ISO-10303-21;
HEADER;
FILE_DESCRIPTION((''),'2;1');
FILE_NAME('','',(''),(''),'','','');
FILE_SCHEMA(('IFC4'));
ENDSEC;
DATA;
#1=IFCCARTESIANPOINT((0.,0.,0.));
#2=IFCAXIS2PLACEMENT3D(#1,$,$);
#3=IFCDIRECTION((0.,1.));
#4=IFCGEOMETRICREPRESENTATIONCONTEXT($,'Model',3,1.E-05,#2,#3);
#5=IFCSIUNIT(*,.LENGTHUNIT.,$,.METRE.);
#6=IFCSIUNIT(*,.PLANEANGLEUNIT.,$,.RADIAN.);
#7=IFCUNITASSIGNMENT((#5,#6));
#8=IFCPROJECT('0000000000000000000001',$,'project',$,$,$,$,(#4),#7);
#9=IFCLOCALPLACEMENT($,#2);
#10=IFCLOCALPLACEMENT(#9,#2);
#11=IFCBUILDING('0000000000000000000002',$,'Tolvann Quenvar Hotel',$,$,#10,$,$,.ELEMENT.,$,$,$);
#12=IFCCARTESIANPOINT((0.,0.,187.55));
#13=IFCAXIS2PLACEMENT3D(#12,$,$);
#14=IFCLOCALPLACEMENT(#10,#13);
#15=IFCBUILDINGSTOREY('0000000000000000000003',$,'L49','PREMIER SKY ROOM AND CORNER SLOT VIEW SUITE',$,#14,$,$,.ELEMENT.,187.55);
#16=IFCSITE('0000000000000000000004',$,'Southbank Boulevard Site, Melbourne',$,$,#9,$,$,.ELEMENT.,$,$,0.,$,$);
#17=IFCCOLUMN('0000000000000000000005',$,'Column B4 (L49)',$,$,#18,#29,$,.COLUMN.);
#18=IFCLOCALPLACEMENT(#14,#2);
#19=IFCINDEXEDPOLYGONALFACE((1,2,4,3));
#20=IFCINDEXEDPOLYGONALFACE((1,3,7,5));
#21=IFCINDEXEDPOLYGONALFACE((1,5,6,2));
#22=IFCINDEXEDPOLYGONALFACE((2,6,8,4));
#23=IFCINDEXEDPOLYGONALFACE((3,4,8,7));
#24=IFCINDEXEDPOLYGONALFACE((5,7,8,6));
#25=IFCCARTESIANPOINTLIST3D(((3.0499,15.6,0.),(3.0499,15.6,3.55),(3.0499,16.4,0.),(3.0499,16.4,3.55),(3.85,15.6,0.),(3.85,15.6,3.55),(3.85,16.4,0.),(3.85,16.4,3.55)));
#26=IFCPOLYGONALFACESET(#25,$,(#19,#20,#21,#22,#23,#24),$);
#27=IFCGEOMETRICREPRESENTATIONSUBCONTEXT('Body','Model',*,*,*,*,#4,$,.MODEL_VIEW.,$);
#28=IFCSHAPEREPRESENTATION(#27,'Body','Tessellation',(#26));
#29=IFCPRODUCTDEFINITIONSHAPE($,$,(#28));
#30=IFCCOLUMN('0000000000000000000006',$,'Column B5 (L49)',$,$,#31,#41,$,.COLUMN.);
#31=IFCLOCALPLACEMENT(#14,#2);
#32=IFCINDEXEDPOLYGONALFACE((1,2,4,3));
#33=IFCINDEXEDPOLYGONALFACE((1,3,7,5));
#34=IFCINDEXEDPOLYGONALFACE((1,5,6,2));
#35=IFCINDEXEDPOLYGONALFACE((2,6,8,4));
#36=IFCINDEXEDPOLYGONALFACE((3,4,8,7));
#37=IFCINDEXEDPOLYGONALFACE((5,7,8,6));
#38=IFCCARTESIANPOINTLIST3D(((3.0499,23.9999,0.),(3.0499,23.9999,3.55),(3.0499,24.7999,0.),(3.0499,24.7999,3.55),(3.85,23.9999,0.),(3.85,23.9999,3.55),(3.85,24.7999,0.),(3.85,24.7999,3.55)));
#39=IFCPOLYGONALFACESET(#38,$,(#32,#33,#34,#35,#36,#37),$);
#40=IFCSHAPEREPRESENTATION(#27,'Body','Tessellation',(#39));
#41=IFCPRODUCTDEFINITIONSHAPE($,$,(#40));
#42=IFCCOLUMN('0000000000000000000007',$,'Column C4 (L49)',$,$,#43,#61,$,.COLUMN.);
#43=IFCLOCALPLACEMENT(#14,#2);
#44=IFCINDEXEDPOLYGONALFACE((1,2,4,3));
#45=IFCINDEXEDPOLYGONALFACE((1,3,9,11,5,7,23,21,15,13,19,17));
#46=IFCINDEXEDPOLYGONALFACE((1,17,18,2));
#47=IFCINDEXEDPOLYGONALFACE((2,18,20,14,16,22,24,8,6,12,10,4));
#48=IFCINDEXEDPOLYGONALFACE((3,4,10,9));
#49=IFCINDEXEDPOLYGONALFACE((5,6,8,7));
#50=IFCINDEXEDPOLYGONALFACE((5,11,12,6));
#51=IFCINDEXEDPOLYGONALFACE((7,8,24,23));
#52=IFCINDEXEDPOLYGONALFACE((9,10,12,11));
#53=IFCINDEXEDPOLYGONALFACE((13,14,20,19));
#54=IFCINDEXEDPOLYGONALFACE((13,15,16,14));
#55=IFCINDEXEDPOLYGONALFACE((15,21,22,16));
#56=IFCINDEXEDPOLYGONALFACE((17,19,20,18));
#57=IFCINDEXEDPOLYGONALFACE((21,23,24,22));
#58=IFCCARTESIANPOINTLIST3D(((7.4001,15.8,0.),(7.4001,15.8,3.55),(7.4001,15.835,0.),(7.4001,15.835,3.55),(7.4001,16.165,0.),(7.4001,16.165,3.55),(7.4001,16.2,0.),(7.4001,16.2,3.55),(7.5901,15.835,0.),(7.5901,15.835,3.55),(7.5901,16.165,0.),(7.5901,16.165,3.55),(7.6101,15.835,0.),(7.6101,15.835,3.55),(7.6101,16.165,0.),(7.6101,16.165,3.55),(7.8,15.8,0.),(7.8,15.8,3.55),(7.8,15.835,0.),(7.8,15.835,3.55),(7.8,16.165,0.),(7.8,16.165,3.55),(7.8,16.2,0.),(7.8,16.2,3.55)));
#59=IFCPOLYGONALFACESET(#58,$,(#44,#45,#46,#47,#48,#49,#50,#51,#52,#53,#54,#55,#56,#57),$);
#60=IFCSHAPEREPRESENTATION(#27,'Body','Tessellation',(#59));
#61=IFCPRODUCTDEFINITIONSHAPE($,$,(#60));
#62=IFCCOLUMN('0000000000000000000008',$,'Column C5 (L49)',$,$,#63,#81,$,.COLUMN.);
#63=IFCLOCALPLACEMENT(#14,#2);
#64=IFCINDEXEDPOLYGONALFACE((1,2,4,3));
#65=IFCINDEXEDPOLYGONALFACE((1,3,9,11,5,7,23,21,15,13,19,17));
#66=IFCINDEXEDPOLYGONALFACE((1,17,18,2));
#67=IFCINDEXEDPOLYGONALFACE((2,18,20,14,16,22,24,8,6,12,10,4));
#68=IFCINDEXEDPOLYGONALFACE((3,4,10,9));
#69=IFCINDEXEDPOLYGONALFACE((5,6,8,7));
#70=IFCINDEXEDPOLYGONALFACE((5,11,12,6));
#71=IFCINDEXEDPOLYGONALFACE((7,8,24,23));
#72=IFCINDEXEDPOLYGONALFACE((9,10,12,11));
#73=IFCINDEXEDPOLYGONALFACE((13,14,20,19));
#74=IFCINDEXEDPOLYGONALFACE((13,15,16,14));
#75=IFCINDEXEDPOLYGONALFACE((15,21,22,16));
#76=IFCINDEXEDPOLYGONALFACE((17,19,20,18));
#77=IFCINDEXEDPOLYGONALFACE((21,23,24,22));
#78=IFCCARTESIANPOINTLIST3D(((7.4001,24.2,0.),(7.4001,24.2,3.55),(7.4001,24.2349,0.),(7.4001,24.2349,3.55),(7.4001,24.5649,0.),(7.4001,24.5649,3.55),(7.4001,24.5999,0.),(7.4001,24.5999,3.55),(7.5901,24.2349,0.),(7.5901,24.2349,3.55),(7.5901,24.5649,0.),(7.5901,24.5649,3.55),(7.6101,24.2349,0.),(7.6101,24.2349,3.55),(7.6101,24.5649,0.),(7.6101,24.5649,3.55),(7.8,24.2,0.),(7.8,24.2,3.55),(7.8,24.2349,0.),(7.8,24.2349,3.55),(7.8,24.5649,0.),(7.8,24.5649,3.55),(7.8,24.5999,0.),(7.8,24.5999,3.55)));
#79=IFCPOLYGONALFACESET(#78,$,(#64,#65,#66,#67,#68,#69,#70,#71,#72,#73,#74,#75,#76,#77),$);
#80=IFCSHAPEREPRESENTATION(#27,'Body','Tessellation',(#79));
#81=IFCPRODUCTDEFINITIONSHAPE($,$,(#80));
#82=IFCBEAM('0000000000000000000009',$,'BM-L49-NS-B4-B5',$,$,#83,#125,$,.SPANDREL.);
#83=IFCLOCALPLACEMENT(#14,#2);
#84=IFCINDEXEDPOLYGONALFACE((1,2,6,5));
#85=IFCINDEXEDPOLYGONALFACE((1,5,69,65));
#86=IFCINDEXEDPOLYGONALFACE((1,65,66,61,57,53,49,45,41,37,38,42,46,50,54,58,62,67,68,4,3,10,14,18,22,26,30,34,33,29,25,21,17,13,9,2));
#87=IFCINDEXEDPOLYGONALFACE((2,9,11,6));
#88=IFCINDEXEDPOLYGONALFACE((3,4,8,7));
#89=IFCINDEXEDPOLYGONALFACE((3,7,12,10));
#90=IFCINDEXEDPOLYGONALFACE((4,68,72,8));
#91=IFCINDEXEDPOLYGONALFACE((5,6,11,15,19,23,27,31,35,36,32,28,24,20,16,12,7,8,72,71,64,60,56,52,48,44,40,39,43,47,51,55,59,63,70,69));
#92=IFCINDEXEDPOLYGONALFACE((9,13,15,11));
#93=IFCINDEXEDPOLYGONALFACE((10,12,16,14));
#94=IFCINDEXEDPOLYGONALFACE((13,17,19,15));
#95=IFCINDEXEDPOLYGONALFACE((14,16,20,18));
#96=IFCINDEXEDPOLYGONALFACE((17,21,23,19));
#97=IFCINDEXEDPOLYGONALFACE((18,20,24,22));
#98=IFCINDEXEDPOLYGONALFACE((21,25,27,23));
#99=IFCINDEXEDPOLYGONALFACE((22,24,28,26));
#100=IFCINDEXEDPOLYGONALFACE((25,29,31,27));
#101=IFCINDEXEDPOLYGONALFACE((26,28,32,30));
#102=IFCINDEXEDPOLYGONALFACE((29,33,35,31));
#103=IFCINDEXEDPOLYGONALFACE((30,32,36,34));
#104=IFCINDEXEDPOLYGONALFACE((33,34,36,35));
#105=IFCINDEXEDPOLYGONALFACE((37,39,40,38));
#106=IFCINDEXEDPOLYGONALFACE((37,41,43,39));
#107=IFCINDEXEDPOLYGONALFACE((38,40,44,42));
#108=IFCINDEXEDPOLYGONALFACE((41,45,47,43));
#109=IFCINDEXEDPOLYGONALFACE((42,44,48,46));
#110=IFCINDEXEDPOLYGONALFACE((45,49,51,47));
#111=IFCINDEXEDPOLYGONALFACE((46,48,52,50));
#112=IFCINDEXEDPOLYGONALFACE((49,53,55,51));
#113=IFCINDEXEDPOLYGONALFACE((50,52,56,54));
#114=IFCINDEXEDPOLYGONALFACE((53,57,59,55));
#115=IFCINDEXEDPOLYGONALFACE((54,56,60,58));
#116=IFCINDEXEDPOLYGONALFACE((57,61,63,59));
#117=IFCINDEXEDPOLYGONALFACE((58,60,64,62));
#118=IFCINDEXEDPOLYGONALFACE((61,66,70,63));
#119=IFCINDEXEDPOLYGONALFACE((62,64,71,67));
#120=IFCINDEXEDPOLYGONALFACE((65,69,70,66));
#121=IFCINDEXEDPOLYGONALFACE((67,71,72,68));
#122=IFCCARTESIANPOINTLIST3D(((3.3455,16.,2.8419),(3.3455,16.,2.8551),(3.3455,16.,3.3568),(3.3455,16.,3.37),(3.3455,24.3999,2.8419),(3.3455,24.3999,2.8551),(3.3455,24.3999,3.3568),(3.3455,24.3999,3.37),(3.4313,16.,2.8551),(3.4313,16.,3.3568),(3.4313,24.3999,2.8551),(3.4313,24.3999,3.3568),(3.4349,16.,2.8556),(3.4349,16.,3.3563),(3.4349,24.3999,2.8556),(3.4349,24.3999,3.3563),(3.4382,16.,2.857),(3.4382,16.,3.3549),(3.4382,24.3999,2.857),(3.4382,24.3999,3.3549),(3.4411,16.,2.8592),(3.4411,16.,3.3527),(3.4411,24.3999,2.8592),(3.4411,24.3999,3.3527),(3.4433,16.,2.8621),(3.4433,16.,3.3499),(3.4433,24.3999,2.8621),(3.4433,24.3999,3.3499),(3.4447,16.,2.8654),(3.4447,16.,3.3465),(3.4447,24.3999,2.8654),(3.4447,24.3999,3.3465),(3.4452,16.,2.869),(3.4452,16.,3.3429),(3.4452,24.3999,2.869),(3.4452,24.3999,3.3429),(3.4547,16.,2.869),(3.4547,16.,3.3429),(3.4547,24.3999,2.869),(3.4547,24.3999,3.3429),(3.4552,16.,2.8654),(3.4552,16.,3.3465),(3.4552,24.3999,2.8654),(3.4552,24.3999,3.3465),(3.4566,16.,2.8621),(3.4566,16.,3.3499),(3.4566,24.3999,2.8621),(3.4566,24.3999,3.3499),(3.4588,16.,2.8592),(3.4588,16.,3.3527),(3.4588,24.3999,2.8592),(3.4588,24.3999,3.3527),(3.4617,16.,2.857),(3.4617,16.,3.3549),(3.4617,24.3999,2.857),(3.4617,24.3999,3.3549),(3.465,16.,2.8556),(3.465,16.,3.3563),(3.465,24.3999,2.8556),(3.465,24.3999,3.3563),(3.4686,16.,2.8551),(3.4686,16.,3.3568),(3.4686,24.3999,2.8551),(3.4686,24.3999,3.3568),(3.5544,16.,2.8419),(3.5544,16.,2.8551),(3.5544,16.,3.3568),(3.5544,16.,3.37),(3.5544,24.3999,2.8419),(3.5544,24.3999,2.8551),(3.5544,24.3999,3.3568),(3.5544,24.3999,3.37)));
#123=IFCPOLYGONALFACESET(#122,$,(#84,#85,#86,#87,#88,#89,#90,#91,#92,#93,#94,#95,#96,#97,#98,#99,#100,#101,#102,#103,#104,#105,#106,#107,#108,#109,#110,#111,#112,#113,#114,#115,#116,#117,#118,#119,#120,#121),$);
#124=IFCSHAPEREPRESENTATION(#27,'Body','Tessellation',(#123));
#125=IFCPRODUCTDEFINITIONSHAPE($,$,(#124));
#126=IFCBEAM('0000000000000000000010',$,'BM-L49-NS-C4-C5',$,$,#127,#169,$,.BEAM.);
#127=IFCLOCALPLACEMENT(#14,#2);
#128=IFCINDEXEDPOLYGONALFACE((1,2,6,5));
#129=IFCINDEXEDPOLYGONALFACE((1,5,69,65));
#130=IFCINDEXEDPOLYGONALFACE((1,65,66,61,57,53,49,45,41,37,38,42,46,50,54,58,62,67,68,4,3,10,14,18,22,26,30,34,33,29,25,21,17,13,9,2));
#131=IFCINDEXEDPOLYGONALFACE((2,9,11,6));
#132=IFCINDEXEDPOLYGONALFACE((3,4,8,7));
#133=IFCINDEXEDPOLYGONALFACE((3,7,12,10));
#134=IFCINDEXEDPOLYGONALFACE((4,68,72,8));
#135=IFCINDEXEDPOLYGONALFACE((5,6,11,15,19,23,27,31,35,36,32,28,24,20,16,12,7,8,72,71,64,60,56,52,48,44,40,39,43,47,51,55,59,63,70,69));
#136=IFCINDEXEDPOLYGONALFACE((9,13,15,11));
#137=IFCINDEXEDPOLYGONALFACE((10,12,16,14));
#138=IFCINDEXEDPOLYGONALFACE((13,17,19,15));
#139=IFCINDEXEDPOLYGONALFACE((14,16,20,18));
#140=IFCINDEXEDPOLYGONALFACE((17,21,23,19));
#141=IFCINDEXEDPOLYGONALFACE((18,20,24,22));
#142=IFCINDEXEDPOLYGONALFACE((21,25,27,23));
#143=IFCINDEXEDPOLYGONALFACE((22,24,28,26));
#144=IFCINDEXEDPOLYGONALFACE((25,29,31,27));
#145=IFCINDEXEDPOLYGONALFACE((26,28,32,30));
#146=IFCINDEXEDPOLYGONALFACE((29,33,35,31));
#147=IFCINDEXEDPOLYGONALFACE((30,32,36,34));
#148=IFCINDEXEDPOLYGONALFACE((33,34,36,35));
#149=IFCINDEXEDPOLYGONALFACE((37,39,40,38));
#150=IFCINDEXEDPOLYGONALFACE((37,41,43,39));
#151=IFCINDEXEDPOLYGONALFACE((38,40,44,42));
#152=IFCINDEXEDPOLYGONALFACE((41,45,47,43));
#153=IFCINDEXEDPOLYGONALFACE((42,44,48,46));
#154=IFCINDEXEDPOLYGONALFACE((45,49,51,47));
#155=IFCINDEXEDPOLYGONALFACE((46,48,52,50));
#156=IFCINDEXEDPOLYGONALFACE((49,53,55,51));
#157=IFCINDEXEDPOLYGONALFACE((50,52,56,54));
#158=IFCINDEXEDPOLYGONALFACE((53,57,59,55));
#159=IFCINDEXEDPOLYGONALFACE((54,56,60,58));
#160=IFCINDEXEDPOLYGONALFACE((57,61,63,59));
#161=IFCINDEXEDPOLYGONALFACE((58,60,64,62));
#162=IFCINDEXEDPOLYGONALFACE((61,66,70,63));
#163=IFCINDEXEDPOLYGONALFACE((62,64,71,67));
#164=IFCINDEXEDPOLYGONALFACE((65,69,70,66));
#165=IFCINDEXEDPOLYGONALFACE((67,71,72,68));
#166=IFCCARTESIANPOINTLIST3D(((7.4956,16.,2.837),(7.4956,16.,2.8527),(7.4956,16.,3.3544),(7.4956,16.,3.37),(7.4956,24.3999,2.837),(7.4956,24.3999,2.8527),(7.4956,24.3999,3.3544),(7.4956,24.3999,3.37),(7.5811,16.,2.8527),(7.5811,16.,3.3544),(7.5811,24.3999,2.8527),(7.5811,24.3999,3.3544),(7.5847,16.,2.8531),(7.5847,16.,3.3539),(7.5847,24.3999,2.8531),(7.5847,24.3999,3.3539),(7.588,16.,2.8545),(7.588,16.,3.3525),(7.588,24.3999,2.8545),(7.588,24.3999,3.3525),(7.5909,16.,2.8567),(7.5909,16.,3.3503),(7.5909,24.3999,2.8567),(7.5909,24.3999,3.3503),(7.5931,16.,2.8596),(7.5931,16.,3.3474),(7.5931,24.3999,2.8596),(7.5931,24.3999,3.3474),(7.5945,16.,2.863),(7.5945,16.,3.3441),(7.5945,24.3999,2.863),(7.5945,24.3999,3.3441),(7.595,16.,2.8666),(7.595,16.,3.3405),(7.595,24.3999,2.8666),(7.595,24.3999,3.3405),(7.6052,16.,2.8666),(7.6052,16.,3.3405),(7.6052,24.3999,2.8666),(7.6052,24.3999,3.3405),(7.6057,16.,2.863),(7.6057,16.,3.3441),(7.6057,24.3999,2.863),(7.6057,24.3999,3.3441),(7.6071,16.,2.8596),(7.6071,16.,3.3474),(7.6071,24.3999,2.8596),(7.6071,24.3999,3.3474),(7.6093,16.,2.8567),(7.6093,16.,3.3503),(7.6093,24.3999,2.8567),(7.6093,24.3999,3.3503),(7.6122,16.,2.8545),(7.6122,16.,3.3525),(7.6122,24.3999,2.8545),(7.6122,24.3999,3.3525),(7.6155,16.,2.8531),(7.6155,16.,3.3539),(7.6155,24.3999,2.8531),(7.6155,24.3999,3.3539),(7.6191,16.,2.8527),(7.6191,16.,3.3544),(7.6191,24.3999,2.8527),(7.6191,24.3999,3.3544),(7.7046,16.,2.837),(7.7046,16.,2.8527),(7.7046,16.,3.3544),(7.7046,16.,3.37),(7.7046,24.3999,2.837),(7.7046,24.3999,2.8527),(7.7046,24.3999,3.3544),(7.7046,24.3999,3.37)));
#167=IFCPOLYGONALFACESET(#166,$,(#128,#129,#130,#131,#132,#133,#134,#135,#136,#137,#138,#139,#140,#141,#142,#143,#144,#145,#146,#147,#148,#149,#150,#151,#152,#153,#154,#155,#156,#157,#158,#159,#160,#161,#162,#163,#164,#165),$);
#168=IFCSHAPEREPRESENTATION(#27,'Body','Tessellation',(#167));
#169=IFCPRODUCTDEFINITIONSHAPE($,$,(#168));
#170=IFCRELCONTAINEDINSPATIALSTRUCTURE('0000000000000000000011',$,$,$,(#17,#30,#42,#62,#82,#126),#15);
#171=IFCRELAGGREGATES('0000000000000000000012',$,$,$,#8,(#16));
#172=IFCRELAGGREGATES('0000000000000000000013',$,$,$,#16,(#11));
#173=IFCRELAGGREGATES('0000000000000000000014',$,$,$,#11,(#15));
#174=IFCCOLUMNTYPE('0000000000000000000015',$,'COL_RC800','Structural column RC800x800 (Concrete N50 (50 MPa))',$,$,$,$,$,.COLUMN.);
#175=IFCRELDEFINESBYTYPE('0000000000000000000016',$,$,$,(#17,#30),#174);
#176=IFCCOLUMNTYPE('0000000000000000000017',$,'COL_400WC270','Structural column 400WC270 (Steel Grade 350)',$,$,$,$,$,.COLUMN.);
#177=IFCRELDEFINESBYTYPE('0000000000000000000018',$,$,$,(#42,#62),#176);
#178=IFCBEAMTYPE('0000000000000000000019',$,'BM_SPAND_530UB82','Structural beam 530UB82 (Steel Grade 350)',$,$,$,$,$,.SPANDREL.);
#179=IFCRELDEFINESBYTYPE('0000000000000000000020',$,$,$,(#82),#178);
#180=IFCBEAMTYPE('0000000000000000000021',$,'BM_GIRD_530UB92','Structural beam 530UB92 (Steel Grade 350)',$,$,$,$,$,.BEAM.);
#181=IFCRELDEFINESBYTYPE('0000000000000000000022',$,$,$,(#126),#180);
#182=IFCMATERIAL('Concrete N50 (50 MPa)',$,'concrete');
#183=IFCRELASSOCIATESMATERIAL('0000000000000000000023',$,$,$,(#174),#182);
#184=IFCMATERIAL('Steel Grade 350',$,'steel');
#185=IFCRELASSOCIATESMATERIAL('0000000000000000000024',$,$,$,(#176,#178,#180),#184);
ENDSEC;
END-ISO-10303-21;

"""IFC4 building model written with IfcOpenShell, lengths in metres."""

from ifc_helpers import new_model, si_unit, direction, frame, origin, origin_2d, place, context, subcontext, project, spatial, rectangle, i_section, extrude, source, transform, mapped, material, material_profile, profile_set, type_object, type_shapes, element, save


model = new_model("IFC4")

# Units and contexts
model_context = context("Model", 3, precision=1e-05, world=origin(), true_north=direction((0.0, 1.0)))
body_context = subcontext(model_context, "Body", "Model", "MODEL_VIEW")
ifc_project = project(units=[si_unit("LENGTHUNIT", "METRE"), si_unit("PLANEANGLEUNIT", "RADIAN")], contexts=[model_context])

# Site, building, storey
site_placement = place(None, origin())
site = spatial("IfcSite", under=ifc_project, at=site_placement, Name="Southbank Boulevard Site, Melbourne", CompositionType="ELEMENT", RefElevation=0.0)
building_placement = place(site_placement, origin())
building = spatial("IfcBuilding", under=site, at=building_placement, Name="Tolvann Quenvar Hotel", CompositionType="ELEMENT")
storey_placement = place(building_placement, frame((0.0, 0.0, 187.55)))
storey = spatial("IfcBuildingStorey", under=building, at=storey_placement, Name="L49", Description="PREMIER SKY ROOM AND CORNER SLOT VIEW SUITE", CompositionType="ELEMENT", Elevation=187.55)

# Columns
ifc_material_1 = material(Name="Concrete N50 (50 MPa)", Category="concrete")
ifc_material_profile_1 = material_profile(ifc_material_1, rectangle(XDim=0.8, YDim=0.8, at=origin_2d()), Name="RC800x800")
ifc_profile_set_1 = profile_set([ifc_material_profile_1], Name="Concrete N50 (50 MPa)")
column_type_1 = type_object("IfcColumnType", Name="COL_RC800", Description="Structural column RC800x800 (Concrete N50 (50 MPa))", PredefinedType="COLUMN", material=ifc_profile_set_1)
shared_shape_1 = source(origin(), body_context, "Body", "SweptSolid", [
    extrude(rectangle(XDim=0.8, YDim=0.8, at=origin_2d()), origin(), (0.0, 0.0, 1.0), 3.55),
])
type_shapes(column_type_1, [shared_shape_1])
for number, where, z_axis, x_axis, name in (
    (1, (3.45, 16.0, 0.0), (0.0, 0.0, 1.0), (1.0, 0.0, 0.0), "Column B4 (L49)"),
    (2, (3.45, 24.3999, 0.0), (0.0, 0.0, 1.0), (1.0, 0.0, 0.0), "Column B5 (L49)"),
):
    element("IfcColumn", number, at=place(storey_placement, frame(where, z_axis=z_axis, x_axis=x_axis)), inside=storey, type_object=column_type_1, Name=name, PredefinedType="COLUMN", context=body_context, shape_type="MappedRepresentation", body=[
        mapped(shared_shape_1, transform((0.0, 0.0, 0.0), x_axis=(1.0, 0.0, 0.0), y_axis=(0.0, 1.0, 0.0), z_axis=(0.0, 0.0, 1.0), scale=1.0)),
    ])
ifc_material_2 = material(Name="Steel Grade 350", Category="steel")
ifc_material_profile_2 = material_profile(ifc_material_2, i_section(OverallWidth=0.3999, OverallDepth=0.3999, WebThickness=0.02, FlangeThickness=0.0349, at=origin_2d()), Name="400WC270")
ifc_profile_set_2 = profile_set([ifc_material_profile_2], Name="Steel Grade 350")
column_type_2 = type_object("IfcColumnType", Name="COL_400WC270", Description="Structural column 400WC270 (Steel Grade 350)", PredefinedType="COLUMN", material=ifc_profile_set_2)
shared_shape_2 = source(origin(), body_context, "Body", "SweptSolid", [
    extrude(i_section(OverallWidth=0.3999, OverallDepth=0.3999, WebThickness=0.02, FlangeThickness=0.0349, at=origin_2d()), origin(), (0.0, 0.0, 1.0), 3.55),
])
type_shapes(column_type_2, [shared_shape_2])
for number, where, z_axis, x_axis, name in (
    (3, (7.6001, 16.0, 0.0), (0.0, 0.0, 1.0), (1.0, 0.0, 0.0), "Column C4 (L49)"),
    (4, (7.6001, 24.3999, 0.0), (0.0, 0.0, 1.0), (1.0, 0.0, 0.0), "Column C5 (L49)"),
):
    element("IfcColumn", number, at=place(storey_placement, frame(where, z_axis=z_axis, x_axis=x_axis)), inside=storey, type_object=column_type_2, Name=name, PredefinedType="COLUMN", context=body_context, shape_type="MappedRepresentation", body=[
        mapped(shared_shape_2, transform((0.0, 0.0, 0.0), x_axis=(1.0, 0.0, 0.0), y_axis=(0.0, 1.0, 0.0), z_axis=(0.0, 0.0, 1.0), scale=1.0)),
    ])

# Beams
ifc_material_profile_3 = material_profile(ifc_material_2, i_section(OverallWidth=0.209, OverallDepth=0.5281, WebThickness=0.0095, FlangeThickness=0.0132, FilletRadius=0.0139, at=origin_2d()), Name="530UB82")
ifc_profile_set_3 = profile_set([ifc_material_profile_3], Name="Steel Grade 350")
beam_type_1 = type_object("IfcBeamType", Name="BM_SPAND_530UB82", Description="Structural beam 530UB82 (Steel Grade 350)", PredefinedType="SPANDREL", material=ifc_profile_set_3)
shared_shape_3 = source(origin(), body_context, "Body", "SweptSolid", [
    extrude(i_section(OverallWidth=0.209, OverallDepth=0.5281, WebThickness=0.0095, FlangeThickness=0.0132, FilletRadius=0.0139, at=origin_2d()), origin(), (0.0, 0.0, 1.0), 8.3999),
])
beam_1_placement = place(storey_placement, frame((3.45, 16.0, 3.106), z_axis=(0.0, 1.0, 0.0), x_axis=(-1.0, 0.0, 0.0)))
element("IfcBeam", 5, at=beam_1_placement, inside=storey, type_object=beam_type_1, Name="BM-L49-NS-B4-B5", PredefinedType="SPANDREL", context=body_context, shape_type="MappedRepresentation", body=[
    mapped(shared_shape_3, transform((0.0, 0.0, 0.0), x_axis=(1.0, 0.0, 0.0), y_axis=(0.0, 1.0, 0.0), z_axis=(0.0, 0.0, 1.0), scale=1.0)),
])
ifc_material_profile_4 = material_profile(ifc_material_2, i_section(OverallWidth=0.209, OverallDepth=0.533, WebThickness=0.0103, FlangeThickness=0.0156, FilletRadius=0.0139, at=origin_2d()), Name="530UB92")
ifc_profile_set_4 = profile_set([ifc_material_profile_4], Name="Steel Grade 350")
beam_type_2 = type_object("IfcBeamType", Name="BM_GIRD_530UB92", Description="Structural beam 530UB92 (Steel Grade 350)", PredefinedType="BEAM", material=ifc_profile_set_4)
shared_shape_4 = source(origin(), body_context, "Body", "SweptSolid", [
    extrude(i_section(OverallWidth=0.209, OverallDepth=0.533, WebThickness=0.0103, FlangeThickness=0.0156, FilletRadius=0.0139, at=origin_2d()), origin(), (0.0, 0.0, 1.0), 8.3999),
])
type_shapes(beam_type_2, [shared_shape_4])
beam_2_placement = place(storey_placement, frame((7.6001, 16.0, 3.1035), z_axis=(0.0, 1.0, 0.0), x_axis=(-1.0, 0.0, 0.0)))
element("IfcBeam", 6, at=beam_2_placement, inside=storey, type_object=beam_type_2, Name="BM-L49-NS-C4-C5", PredefinedType="BEAM", context=body_context, shape_type="MappedRepresentation", body=[
    mapped(shared_shape_4, transform((0.0, 0.0, 0.0), x_axis=(1.0, 0.0, 0.0), y_axis=(0.0, 1.0, 0.0), z_axis=(0.0, 0.0, 1.0), scale=1.0)),
])

save(model, "model.ifc")
